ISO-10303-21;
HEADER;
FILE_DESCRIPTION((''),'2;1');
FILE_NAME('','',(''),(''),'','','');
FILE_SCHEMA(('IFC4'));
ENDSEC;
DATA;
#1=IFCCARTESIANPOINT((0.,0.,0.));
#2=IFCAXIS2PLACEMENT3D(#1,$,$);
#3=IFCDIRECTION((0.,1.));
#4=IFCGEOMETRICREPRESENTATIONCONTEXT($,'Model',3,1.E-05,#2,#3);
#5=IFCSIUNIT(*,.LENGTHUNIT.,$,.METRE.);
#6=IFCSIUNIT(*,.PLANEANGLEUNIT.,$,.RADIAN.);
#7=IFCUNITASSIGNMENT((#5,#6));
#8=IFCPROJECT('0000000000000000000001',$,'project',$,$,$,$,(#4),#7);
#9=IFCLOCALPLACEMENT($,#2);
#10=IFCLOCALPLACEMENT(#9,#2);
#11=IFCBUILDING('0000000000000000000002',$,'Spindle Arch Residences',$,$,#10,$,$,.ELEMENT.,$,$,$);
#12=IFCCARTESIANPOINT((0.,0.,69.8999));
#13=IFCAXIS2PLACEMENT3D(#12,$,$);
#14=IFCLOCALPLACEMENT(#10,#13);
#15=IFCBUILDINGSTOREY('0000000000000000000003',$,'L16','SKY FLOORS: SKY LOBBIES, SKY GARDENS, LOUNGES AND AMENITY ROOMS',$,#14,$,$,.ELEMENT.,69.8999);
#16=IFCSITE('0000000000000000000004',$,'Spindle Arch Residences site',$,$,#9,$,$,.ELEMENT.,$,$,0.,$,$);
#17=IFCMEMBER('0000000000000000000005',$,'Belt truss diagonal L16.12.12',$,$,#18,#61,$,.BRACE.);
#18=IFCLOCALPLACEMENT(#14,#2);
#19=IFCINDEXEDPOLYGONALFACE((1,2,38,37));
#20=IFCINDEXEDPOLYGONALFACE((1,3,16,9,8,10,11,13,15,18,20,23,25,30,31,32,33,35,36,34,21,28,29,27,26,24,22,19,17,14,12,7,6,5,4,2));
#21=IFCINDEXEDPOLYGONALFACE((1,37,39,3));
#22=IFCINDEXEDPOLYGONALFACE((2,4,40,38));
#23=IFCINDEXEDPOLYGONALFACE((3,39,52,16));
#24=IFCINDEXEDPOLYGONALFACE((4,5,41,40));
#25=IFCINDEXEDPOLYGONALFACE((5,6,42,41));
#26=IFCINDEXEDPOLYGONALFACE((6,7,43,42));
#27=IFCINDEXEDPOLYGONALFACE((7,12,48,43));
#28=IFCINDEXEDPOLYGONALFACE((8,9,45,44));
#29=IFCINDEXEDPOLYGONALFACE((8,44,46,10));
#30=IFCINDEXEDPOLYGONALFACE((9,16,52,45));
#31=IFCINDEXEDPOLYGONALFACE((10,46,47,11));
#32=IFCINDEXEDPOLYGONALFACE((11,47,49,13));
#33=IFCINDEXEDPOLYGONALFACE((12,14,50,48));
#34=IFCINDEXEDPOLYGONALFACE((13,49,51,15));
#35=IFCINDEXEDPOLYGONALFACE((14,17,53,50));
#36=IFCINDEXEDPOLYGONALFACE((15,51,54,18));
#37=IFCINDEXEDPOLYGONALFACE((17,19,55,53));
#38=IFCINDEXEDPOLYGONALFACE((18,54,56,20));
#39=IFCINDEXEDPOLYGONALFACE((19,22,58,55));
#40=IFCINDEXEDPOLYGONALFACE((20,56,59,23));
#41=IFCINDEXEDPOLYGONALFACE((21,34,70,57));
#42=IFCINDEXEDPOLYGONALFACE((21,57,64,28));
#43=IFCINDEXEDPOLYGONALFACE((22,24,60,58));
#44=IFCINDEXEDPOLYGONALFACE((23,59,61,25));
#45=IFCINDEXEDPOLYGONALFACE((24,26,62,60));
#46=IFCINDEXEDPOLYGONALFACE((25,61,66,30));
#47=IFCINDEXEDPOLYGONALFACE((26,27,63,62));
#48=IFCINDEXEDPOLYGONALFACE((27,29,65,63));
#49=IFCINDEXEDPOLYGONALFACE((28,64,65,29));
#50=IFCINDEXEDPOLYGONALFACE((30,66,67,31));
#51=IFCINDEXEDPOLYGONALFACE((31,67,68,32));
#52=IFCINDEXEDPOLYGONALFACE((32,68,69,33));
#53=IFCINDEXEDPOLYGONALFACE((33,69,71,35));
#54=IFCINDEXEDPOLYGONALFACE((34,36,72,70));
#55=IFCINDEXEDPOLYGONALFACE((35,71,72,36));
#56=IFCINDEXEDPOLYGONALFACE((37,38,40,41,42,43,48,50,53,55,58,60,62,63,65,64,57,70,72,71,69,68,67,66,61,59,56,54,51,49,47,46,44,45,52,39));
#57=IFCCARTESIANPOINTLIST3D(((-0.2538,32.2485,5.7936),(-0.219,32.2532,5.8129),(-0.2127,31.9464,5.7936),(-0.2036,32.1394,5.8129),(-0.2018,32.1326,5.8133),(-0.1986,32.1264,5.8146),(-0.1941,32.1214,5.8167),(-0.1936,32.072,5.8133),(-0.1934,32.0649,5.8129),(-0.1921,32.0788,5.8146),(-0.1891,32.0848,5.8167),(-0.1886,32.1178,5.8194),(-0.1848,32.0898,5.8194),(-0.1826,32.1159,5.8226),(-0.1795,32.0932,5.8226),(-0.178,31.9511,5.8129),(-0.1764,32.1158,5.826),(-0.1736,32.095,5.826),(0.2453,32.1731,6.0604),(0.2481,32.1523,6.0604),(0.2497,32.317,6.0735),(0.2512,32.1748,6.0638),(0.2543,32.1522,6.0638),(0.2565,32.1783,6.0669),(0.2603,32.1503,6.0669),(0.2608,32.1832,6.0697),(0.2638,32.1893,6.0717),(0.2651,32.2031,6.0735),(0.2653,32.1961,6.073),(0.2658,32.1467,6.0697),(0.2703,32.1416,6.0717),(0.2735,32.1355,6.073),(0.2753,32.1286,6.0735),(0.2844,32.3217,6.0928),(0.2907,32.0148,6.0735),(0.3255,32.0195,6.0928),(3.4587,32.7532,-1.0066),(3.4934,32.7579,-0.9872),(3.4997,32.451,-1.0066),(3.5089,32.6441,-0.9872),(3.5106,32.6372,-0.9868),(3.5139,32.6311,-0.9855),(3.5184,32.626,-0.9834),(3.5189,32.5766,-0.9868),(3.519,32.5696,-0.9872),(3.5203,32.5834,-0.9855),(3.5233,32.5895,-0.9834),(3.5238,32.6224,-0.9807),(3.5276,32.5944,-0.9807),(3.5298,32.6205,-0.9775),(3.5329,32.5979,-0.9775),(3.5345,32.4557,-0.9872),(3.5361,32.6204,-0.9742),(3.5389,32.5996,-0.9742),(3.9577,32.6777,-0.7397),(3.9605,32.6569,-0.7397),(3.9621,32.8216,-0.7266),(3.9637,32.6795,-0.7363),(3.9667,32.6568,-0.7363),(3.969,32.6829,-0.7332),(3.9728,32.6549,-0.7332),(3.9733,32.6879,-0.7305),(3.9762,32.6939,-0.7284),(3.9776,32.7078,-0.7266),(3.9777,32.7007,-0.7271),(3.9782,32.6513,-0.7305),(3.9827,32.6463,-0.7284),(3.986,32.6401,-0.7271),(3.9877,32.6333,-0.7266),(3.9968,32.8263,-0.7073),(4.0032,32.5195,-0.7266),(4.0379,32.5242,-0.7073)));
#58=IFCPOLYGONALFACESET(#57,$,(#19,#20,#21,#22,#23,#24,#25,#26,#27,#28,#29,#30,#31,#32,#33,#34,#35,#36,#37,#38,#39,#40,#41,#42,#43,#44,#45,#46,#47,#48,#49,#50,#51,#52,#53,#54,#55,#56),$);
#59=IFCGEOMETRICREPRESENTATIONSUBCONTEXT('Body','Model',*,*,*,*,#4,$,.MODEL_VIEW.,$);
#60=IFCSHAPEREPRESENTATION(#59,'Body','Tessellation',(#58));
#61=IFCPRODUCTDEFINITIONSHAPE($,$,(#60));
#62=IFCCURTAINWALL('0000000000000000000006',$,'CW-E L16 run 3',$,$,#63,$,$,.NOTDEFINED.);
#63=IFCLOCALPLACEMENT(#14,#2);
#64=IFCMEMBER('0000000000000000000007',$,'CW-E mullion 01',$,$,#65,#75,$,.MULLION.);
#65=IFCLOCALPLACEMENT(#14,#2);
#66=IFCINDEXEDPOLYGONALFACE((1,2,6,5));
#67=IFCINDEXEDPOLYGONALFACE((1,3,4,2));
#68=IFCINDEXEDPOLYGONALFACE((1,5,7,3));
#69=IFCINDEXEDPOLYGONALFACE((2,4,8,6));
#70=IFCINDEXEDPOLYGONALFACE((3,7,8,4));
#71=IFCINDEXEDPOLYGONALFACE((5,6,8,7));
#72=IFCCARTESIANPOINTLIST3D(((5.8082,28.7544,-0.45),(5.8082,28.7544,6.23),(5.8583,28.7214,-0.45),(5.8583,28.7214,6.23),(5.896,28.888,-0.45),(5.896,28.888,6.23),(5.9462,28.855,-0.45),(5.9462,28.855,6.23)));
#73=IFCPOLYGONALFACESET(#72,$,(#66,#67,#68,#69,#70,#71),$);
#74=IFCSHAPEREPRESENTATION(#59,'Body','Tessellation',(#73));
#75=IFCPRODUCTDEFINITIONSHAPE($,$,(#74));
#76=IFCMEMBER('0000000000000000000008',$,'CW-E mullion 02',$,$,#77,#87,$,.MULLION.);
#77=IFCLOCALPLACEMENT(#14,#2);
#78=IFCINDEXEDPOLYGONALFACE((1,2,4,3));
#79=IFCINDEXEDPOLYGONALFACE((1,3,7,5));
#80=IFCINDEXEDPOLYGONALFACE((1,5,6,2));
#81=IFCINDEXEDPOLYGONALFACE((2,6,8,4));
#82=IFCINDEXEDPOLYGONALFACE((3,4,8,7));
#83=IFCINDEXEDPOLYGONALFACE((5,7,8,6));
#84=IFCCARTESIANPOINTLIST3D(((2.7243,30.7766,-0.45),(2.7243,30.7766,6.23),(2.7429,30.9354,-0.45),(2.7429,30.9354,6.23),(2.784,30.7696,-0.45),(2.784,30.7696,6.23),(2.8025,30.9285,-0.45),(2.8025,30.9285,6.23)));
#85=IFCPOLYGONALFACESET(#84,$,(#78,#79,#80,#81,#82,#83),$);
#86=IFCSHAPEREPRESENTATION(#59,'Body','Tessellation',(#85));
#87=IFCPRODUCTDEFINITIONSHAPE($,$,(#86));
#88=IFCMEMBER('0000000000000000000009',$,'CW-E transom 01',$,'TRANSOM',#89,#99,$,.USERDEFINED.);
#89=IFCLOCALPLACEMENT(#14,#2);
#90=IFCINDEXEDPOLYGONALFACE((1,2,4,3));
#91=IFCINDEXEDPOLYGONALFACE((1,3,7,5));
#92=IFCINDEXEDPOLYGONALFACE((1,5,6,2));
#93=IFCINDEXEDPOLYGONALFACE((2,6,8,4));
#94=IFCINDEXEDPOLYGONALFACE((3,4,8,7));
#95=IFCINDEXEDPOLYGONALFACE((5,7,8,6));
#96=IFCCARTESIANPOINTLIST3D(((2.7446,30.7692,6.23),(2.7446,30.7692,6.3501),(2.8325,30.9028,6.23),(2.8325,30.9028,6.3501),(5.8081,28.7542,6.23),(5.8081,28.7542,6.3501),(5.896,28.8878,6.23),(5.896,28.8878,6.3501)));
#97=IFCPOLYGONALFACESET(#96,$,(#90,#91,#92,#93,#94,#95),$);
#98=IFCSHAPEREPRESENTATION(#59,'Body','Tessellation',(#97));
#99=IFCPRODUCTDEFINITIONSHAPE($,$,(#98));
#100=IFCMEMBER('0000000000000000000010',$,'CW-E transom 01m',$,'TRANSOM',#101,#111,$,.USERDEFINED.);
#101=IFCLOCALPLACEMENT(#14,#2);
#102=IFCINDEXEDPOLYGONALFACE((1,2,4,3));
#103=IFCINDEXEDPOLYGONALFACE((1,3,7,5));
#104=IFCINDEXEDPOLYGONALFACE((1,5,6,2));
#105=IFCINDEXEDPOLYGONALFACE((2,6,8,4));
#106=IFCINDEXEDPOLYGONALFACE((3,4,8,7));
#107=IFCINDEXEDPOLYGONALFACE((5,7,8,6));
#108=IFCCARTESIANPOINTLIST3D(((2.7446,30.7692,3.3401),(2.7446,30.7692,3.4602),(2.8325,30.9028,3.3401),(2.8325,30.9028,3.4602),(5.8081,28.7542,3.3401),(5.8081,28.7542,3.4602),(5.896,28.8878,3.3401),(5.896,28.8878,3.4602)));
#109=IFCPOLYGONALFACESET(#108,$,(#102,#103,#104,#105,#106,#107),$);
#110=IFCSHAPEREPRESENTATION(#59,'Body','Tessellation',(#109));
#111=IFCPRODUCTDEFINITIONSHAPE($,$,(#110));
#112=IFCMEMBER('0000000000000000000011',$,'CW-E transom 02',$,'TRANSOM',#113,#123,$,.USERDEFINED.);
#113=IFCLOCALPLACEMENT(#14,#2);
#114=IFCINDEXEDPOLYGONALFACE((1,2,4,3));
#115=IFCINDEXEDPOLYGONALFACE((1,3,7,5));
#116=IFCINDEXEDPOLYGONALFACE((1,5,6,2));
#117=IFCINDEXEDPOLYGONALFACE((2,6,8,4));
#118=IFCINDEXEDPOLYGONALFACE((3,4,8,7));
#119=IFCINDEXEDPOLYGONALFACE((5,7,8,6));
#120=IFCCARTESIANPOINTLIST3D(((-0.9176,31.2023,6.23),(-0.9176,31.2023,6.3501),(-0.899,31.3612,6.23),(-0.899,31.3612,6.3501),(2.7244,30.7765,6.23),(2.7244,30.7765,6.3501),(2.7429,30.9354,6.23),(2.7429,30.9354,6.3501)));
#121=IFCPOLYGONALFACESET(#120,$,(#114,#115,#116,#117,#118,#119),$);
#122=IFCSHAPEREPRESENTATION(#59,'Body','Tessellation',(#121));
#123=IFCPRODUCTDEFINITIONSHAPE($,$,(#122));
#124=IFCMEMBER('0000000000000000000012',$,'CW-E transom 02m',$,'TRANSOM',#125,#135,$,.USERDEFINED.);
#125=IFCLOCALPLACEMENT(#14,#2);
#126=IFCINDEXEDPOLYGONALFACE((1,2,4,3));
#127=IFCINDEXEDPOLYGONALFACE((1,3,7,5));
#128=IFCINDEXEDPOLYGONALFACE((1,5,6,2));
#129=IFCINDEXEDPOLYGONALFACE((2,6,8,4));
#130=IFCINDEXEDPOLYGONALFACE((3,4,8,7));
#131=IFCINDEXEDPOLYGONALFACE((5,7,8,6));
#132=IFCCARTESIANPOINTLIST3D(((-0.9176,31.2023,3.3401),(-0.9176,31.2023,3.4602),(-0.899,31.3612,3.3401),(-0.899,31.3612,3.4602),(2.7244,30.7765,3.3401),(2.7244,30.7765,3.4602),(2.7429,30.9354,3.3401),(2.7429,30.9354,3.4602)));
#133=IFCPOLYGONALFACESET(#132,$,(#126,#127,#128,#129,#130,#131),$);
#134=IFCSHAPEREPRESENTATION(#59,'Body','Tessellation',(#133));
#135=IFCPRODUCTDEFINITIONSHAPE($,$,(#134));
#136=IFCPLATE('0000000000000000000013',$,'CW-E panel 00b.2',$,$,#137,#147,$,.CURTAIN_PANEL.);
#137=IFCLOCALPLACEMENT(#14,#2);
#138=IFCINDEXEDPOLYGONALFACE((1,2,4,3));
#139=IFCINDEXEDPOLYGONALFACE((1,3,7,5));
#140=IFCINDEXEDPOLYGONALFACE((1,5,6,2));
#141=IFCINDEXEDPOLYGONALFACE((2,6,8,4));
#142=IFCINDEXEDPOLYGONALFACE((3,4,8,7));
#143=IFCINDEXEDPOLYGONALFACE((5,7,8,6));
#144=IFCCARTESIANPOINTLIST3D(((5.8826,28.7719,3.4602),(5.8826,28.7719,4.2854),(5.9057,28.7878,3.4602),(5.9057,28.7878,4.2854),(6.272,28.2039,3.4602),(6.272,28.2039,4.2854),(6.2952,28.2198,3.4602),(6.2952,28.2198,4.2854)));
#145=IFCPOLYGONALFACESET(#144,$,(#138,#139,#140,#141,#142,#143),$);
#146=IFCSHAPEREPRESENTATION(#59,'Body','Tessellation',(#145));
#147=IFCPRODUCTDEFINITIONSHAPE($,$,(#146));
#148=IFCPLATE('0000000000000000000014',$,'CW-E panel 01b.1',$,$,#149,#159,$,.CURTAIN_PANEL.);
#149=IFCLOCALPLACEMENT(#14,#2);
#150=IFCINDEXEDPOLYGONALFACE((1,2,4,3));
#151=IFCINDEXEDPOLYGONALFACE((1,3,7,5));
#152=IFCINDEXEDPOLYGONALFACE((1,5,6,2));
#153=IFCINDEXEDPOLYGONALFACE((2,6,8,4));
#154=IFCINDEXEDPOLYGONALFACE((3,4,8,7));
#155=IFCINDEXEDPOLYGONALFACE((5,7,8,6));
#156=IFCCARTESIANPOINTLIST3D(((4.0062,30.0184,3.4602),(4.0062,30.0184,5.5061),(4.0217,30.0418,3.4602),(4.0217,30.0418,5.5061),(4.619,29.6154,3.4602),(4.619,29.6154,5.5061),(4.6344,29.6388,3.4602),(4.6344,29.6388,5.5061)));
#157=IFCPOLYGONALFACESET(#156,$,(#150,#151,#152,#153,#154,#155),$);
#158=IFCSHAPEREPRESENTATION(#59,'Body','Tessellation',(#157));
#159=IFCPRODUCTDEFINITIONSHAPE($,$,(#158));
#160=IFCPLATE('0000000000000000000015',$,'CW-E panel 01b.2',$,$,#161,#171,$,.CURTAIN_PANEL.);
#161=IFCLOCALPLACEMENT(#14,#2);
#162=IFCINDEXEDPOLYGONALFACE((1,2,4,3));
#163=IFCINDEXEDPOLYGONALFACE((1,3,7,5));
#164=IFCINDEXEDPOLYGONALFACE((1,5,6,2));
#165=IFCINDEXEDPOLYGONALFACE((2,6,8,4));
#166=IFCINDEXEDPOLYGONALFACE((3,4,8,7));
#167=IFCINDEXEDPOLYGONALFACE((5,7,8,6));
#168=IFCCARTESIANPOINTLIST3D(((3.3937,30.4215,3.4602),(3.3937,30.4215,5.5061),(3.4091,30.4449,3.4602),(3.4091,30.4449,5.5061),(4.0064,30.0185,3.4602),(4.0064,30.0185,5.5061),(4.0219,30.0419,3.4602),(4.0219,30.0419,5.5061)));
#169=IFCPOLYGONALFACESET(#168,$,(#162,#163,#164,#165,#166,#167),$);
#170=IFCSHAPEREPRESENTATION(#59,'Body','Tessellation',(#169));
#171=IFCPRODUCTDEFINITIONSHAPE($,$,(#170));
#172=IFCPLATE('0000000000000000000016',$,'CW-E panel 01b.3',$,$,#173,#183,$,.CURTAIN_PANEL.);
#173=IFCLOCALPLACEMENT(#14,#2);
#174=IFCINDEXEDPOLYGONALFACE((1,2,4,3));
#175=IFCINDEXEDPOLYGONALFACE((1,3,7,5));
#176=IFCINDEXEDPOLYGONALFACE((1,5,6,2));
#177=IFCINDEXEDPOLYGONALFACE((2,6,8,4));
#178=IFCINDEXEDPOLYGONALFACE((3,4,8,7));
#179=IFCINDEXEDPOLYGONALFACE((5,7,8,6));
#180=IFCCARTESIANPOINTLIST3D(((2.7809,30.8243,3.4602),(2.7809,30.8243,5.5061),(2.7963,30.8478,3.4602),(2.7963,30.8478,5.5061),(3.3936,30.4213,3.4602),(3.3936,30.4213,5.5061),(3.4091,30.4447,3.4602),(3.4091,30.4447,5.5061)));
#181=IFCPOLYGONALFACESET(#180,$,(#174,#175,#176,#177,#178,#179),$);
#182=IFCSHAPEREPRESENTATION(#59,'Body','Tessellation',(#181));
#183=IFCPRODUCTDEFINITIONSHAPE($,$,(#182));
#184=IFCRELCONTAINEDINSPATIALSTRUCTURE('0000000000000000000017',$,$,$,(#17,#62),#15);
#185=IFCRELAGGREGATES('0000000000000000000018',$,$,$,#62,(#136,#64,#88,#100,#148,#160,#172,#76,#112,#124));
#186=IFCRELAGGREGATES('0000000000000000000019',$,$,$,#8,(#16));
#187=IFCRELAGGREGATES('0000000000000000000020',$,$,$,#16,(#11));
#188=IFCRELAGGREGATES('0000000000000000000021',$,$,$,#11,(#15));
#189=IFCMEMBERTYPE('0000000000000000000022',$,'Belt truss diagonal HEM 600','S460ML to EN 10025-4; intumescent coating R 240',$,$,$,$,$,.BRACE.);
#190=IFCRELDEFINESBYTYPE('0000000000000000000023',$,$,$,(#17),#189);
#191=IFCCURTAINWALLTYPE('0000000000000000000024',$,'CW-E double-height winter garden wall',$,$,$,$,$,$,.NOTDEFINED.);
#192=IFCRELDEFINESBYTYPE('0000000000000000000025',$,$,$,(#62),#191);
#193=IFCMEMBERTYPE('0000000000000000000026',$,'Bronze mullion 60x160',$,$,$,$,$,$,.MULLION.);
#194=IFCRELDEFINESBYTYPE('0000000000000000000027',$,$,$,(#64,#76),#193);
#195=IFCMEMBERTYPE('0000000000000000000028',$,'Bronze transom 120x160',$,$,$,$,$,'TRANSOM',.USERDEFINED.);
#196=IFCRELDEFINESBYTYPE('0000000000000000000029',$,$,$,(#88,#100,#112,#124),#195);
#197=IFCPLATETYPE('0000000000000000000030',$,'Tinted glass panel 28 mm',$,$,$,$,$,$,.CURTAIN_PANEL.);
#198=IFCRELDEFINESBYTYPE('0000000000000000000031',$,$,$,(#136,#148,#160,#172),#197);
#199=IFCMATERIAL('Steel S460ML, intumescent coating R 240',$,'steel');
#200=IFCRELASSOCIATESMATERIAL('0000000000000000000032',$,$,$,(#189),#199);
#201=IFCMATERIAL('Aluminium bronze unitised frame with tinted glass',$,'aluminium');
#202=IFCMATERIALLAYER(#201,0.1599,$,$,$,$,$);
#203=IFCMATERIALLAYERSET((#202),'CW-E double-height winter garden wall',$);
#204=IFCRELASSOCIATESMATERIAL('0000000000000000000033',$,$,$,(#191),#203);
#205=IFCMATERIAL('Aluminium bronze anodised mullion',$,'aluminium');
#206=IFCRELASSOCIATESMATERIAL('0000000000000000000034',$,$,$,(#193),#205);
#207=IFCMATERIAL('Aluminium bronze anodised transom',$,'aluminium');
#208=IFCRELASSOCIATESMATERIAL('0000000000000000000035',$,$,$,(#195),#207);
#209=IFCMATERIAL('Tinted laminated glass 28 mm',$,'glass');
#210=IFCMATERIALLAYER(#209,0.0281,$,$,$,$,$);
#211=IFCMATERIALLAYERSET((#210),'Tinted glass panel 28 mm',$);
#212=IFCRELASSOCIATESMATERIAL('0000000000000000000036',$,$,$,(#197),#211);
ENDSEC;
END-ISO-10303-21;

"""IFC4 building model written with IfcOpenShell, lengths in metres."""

from ifc_helpers import new_model, si_unit, direction, frame, origin, origin_2d, place, context, subcontext, project, spatial, rectangle, i_section, extrude, material, layer, layer_set, material_profile, profile_set, type_object, element, aggregate, save


model = new_model("IFC4")

# Units and contexts
model_context = context("Model", 3, precision=1e-05, world=origin(), true_north=direction((0.0, 1.0)))
body_context = subcontext(model_context, "Body", "Model", "MODEL_VIEW")
ifc_project = project(units=[si_unit("LENGTHUNIT", "METRE"), si_unit("PLANEANGLEUNIT", "RADIAN")], contexts=[model_context])

# Site, building, storey
site_placement = place(None, origin())
site = spatial("IfcSite", under=ifc_project, at=site_placement, Name="Spindle Arch Residences site", CompositionType="ELEMENT", RefElevation=0.0)
building_placement = place(site_placement, origin())
building = spatial("IfcBuilding", under=site, at=building_placement, Name="Spindle Arch Residences", CompositionType="ELEMENT")
storey_placement = place(building_placement, frame((0.0, 0.0, 69.8999)))
storey = spatial("IfcBuildingStorey", under=building, at=storey_placement, Name="L16", Description="SKY FLOORS: SKY LOBBIES, SKY GARDENS, LOUNGES AND AMENITY ROOMS", CompositionType="ELEMENT", Elevation=69.8999)

# Member
ifc_material_1 = material(Name="Steel S460ML, intumescent coating R 240", Category="steel")
ifc_material_profile_1 = material_profile(ifc_material_1, i_section(OverallWidth=0.3049, OverallDepth=0.6201, WebThickness=0.021, FlangeThickness=0.04, FilletRadius=0.0271, at=origin_2d()), Name="HEM 600")
ifc_profile_set_1 = profile_set([ifc_material_profile_1], Name="Steel S460ML, intumescent coating R 240")
member_type_1 = type_object("IfcMemberType", Name="Belt truss diagonal HEM 600", Description="S460ML to EN 10025-4; intumescent coating R 240", PredefinedType="BRACE", material=ifc_profile_set_1)
member_1_placement = place(storey_placement, frame((3.7483, 32.6387, -0.8569), z_axis=(-0.478166, -0.064999, 0.875861), x_axis=(0.134694, -0.990887, 0.0)))
element("IfcMember", 1, at=member_1_placement, inside=storey, type_object=member_type_1, Name="Belt truss diagonal L16.12.12", PredefinedType="BRACE", context=body_context, shape_type="SweptSolid", body=[
    extrude(i_section(OverallWidth=0.3049, OverallDepth=0.6201, WebThickness=0.021, FlangeThickness=0.04, FilletRadius=0.0271, at=origin_2d()), origin(), (0.0, 0.0, 1.0), 7.7639),
])

# Curtain wall, members, plates
ifc_material_2 = material(Name="Aluminium bronze unitised frame with tinted glass", Category="aluminium")
ifc_layer_1 = layer(ifc_material_2, 0.1599)
ifc_layer_set_1 = layer_set([ifc_layer_1], Name="CW-E double-height winter garden wall")
curtain_wall_type = type_object("IfcCurtainWallType", Name="CW-E double-height winter garden wall", PredefinedType="NOTDEFINED", material=ifc_layer_set_1)
curtain_wall_placement = place(storey_placement, origin())
curtain_wall = element("IfcCurtainWall", 2, at=curtain_wall_placement, inside=storey, type_object=curtain_wall_type, Name="CW-E L16 run 3", PredefinedType="NOTDEFINED")
ifc_material_3 = material(Name="Aluminium bronze anodised mullion", Category="aluminium")
ifc_material_profile_2 = material_profile(ifc_material_3, rectangle(XDim=0.1599, YDim=0.0601, at=origin_2d()), Name="MU 60x160")
ifc_profile_set_2 = profile_set([ifc_material_profile_2], Name="Aluminium bronze anodised mullion")
member_type_2 = type_object("IfcMemberType", Name="Bronze mullion 60x160", PredefinedType="MULLION", material=ifc_profile_set_2)
member_2_placement = place(storey_placement, frame((5.8772, 28.8047, -0.45), z_axis=(0.0, 0.0, 1.0), x_axis=(-0.549509, -0.835488, 0.0)))
member_2 = element("IfcMember", 3, at=member_2_placement, type_object=member_type_2, Name="CW-E mullion 01", PredefinedType="MULLION", context=body_context, shape_type="SweptSolid", body=[
    extrude(rectangle(XDim=0.1599, YDim=0.0601, at=origin_2d()), origin(), (0.0, 0.0, 1.0), 6.6799),
])
member_3_placement = place(storey_placement, frame((2.7634, 30.8525, -0.45), z_axis=(0.0, 0.0, 1.0), x_axis=(-0.116093, -0.993238, 0.0)))
member_3 = element("IfcMember", 4, at=member_3_placement, type_object=member_type_2, Name="CW-E mullion 02", PredefinedType="MULLION", context=body_context, shape_type="SweptSolid", body=[
    extrude(rectangle(XDim=0.1599, YDim=0.0601, at=origin_2d()), origin(), (0.0, 0.0, 1.0), 6.6799),
])
ifc_material_4 = material(Name="Aluminium bronze anodised transom", Category="aluminium")
ifc_material_profile_3 = material_profile(ifc_material_4, rectangle(XDim=0.1599, YDim=0.1201, at=origin_2d()), Name="TR 120x160")
ifc_profile_set_3 = profile_set([ifc_material_profile_3], Name="Aluminium bronze anodised transom")
member_type_3 = type_object("IfcMemberType", Name="Bronze transom 120x160", ElementType="TRANSOM", PredefinedType="USERDEFINED", material=ifc_profile_set_3)
member_4_placement = place(storey_placement, frame((5.8521, 28.821, 6.29), z_axis=(-0.835486, 0.549511, 0.0), x_axis=(-0.549511, -0.835486, 0.0)))
member_4 = element("IfcMember", 5, at=member_4_placement, type_object=member_type_3, Name="CW-E transom 01", ObjectType="TRANSOM", PredefinedType="USERDEFINED", context=body_context, shape_type="SweptSolid", body=[
    extrude(rectangle(XDim=0.1599, YDim=0.1201, at=origin_2d()), origin(), (0.0, 0.0, 1.0), 3.6667),
])
member_5_placement = place(storey_placement, frame((5.8521, 28.821, 3.4001), z_axis=(-0.835486, 0.549511, 0.0), x_axis=(-0.549511, -0.835486, 0.0)))
member_5 = element("IfcMember", 6, at=member_5_placement, type_object=member_type_3, Name="CW-E transom 01m", ObjectType="TRANSOM", PredefinedType="USERDEFINED", context=body_context, shape_type="SweptSolid", body=[
    extrude(rectangle(XDim=0.1599, YDim=0.1201, at=origin_2d()), origin(), (0.0, 0.0, 1.0), 3.6667),
])
member_6_placement = place(storey_placement, frame((2.7336, 30.856, 6.29), z_axis=(-0.993235, 0.116123, 0.0), x_axis=(-0.116123, -0.993235, 0.0)))
member_6 = element("IfcMember", 7, at=member_6_placement, type_object=member_type_3, Name="CW-E transom 02", ObjectType="TRANSOM", PredefinedType="USERDEFINED", context=body_context, shape_type="SweptSolid", body=[
    extrude(rectangle(XDim=0.1599, YDim=0.1201, at=origin_2d()), origin(), (0.0, 0.0, 1.0), 3.6667),
])
member_7_placement = place(storey_placement, frame((2.7336, 30.856, 3.4001), z_axis=(-0.993235, 0.116123, 0.0), x_axis=(-0.116123, -0.993235, 0.0)))
member_7 = element("IfcMember", 8, at=member_7_placement, type_object=member_type_3, Name="CW-E transom 02m", ObjectType="TRANSOM", PredefinedType="USERDEFINED", context=body_context, shape_type="SweptSolid", body=[
    extrude(rectangle(XDim=0.1599, YDim=0.1201, at=origin_2d()), origin(), (0.0, 0.0, 1.0), 3.6667),
])
ifc_material_5 = material(Name="Tinted laminated glass 28 mm", Category="glass")
ifc_layer_2 = layer(ifc_material_5, 0.0281)
ifc_layer_set_2 = layer_set([ifc_layer_2], Name="Tinted glass panel 28 mm")
plate_type_1 = type_object("IfcPlateType", Name="Tinted glass panel 28 mm", PredefinedType="CURTAIN_PANEL", material=ifc_layer_set_2)
plate_1_placement = place(storey_placement, frame((6.0889, 28.4958, 3.4602), z_axis=(0.0, 0.0, 1.0), x_axis=(-0.565501, 0.824748, 0.0)))
plate_1 = element("IfcPlate", 9, at=plate_1_placement, type_object=plate_type_1, Name="CW-E panel 00b.2", PredefinedType="CURTAIN_PANEL", context=body_context, shape_type="SweptSolid", body=[
    extrude(rectangle(XDim=0.6887, YDim=0.0281, at=origin_2d()), origin(), (0.0, 0.0, 1.0), 0.8252),
])
plate_2_placement = place(storey_placement, frame((4.3203, 29.8286, 3.4602), z_axis=(0.0, 0.0, 1.0), x_axis=(-0.835488, 0.549509, 0.0)))
plate_2 = element("IfcPlate", 10, at=plate_2_placement, type_object=plate_type_1, Name="CW-E panel 01b.1", PredefinedType="CURTAIN_PANEL", context=body_context, shape_type="SweptSolid", body=[
    extrude(rectangle(XDim=0.7334, YDim=0.0281, at=origin_2d()), origin(), (0.0, 0.0, 1.0), 2.0459),
])
plate_3_placement = place(storey_placement, frame((3.7078, 30.2317, 3.4602), z_axis=(0.0, 0.0, 1.0), x_axis=(-0.835488, 0.549509, 0.0)))
plate_3 = element("IfcPlate", 11, at=plate_3_placement, type_object=plate_type_1, Name="CW-E panel 01b.2", PredefinedType="CURTAIN_PANEL", context=body_context, shape_type="SweptSolid", body=[
    extrude(rectangle(XDim=0.7334, YDim=0.0281, at=origin_2d()), origin(), (0.0, 0.0, 1.0), 2.0459),
])
plate_4_placement = place(storey_placement, frame((3.095, 30.6345, 3.4602), z_axis=(0.0, 0.0, 1.0), x_axis=(-0.835488, 0.549509, 0.0)))
plate_4 = element("IfcPlate", 12, at=plate_4_placement, type_object=plate_type_1, Name="CW-E panel 01b.3", PredefinedType="CURTAIN_PANEL", context=body_context, shape_type="SweptSolid", body=[
    extrude(rectangle(XDim=0.7334, YDim=0.0281, at=origin_2d()), origin(), (0.0, 0.0, 1.0), 2.0459),
])
aggregate(curtain_wall, [plate_1, member_2, member_4, member_5, plate_2, plate_3, plate_4, member_3, member_6, member_7])

save(model, "model.ifc")
